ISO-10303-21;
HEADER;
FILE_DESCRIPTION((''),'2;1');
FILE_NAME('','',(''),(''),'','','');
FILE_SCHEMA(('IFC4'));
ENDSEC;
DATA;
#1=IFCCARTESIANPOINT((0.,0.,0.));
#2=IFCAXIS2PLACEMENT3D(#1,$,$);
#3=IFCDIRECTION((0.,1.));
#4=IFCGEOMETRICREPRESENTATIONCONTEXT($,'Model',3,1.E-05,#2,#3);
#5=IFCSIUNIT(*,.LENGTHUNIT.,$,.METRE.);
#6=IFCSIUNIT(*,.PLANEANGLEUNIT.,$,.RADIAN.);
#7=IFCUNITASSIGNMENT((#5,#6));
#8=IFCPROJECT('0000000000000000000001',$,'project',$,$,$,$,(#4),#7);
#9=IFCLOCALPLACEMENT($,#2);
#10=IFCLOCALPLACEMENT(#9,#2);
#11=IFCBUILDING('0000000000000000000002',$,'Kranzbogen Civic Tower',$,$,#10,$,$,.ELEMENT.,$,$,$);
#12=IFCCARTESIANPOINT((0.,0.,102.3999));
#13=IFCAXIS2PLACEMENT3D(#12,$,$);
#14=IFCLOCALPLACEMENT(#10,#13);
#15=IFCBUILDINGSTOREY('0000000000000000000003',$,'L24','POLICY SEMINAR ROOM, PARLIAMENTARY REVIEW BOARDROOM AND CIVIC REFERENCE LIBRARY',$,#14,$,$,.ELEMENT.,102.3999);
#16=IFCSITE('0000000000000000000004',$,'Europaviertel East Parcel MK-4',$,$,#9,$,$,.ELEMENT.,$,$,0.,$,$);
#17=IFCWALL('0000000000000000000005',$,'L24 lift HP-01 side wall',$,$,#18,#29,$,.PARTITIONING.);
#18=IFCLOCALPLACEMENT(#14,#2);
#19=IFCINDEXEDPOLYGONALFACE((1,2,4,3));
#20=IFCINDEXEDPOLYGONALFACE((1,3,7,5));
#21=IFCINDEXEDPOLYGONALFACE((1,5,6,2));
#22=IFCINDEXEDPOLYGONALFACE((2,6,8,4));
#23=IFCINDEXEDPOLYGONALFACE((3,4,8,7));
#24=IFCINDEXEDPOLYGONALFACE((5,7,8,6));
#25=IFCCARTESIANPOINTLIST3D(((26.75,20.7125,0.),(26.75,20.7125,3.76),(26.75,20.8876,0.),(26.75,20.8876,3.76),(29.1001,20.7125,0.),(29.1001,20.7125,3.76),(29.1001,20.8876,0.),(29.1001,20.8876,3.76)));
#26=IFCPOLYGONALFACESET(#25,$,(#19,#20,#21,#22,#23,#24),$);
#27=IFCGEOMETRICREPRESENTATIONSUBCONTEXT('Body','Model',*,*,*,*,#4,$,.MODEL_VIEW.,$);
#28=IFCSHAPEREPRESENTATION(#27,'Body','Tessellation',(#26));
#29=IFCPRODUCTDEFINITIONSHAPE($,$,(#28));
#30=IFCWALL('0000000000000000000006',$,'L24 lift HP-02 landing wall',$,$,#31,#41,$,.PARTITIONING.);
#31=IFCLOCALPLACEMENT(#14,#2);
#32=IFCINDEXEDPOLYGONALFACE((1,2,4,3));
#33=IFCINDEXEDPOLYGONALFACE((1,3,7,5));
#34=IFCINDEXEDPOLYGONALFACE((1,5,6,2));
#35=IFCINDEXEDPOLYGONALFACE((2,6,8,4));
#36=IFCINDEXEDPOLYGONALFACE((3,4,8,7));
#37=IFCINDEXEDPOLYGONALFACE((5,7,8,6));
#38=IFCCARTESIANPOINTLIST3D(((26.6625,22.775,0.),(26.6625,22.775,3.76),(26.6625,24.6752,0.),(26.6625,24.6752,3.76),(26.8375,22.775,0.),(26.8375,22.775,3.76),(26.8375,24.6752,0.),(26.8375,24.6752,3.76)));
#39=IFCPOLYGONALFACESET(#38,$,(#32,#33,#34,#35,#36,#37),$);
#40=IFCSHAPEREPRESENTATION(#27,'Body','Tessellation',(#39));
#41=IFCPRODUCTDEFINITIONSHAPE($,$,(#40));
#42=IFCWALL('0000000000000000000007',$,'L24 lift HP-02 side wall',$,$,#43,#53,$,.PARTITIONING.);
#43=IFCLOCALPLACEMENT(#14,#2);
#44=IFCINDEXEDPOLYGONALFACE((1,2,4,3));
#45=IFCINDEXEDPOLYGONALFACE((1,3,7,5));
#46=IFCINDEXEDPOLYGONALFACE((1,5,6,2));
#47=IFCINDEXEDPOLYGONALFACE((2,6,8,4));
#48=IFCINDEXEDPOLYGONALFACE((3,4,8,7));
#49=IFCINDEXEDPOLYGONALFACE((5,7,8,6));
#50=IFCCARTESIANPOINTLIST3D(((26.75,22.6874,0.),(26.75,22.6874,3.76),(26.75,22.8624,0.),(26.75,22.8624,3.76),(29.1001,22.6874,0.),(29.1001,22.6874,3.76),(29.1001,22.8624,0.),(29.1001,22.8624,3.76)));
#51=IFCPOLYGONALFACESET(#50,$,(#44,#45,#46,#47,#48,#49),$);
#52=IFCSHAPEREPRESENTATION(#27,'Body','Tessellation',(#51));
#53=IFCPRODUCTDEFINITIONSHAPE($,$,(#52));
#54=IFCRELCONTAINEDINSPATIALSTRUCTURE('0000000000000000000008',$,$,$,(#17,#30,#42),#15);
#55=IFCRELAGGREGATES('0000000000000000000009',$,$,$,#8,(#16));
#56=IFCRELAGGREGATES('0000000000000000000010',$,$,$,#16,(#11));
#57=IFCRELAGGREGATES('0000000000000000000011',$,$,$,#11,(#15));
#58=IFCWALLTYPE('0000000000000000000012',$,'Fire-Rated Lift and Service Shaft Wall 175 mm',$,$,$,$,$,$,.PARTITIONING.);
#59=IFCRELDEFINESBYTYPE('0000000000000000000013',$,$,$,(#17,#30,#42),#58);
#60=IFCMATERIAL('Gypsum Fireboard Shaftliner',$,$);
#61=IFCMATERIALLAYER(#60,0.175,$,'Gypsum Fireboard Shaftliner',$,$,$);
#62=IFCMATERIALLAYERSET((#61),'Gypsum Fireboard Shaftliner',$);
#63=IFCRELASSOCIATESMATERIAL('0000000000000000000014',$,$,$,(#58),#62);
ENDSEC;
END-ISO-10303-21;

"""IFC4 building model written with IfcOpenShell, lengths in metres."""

from ifc_helpers import new_model, si_unit, direction, frame, frame_2d, origin, place, context, subcontext, project, spatial, rectangle, extrude, material, layer, layer_set, type_object, element, save


model = new_model("IFC4")

# Units and contexts
model_context = context("Model", 3, precision=1e-05, world=origin(), true_north=direction((0.0, 1.0)))
body_context = subcontext(model_context, "Body", "Model", "MODEL_VIEW")
ifc_project = project(units=[si_unit("LENGTHUNIT", "METRE"), si_unit("PLANEANGLEUNIT", "RADIAN")], contexts=[model_context])

# Site, building, storey
site_placement = place(None, origin())
site = spatial("IfcSite", under=ifc_project, at=site_placement, Name="Europaviertel East Parcel MK-4", CompositionType="ELEMENT", RefElevation=0.0)
building_placement = place(site_placement, origin())
building = spatial("IfcBuilding", under=site, at=building_placement, Name="Kranzbogen Civic Tower", CompositionType="ELEMENT")
storey_placement = place(building_placement, frame((0.0, 0.0, 102.3999)))
storey = spatial("IfcBuildingStorey", under=building, at=storey_placement, Name="L24", Description="POLICY SEMINAR ROOM, PARLIAMENTARY REVIEW BOARDROOM AND CIVIC REFERENCE LIBRARY", CompositionType="ELEMENT", Elevation=102.3999)

# Walls
ifc_material_1 = material(Name="Gypsum Fireboard Shaftliner")
ifc_layer_1 = layer(ifc_material_1, 0.175, Name="Gypsum Fireboard Shaftliner")
ifc_layer_set_1 = layer_set([ifc_layer_1], Name="Gypsum Fireboard Shaftliner")
wall_type_1 = type_object("IfcWallType", Name="Fire-Rated Lift and Service Shaft Wall 175 mm", PredefinedType="PARTITIONING", material=ifc_layer_set_1)
wall_1_placement = place(storey_placement, frame((26.75, 20.8, 0.0), z_axis=(0.0, 0.0, 1.0), x_axis=(1.0, 0.0, 0.0)))
element("IfcWall", 1, at=wall_1_placement, inside=storey, type_object=wall_type_1, Name="L24 lift HP-01 side wall", PredefinedType="PARTITIONING", context=body_context, shape_type="SweptSolid", body=[
    extrude(rectangle(XDim=2.3501, YDim=0.175, at=frame_2d((1.175, 0.0))), origin(), (0.0, 0.0, 1.0), 3.76),
])
wall_2_placement = place(storey_placement, frame((26.75, 22.7749, 0.0), z_axis=(0.0, 0.0, 1.0), x_axis=(0.0, 1.0, 0.0)))
element("IfcWall", 2, at=wall_2_placement, inside=storey, type_object=wall_type_1, Name="L24 lift HP-02 landing wall", PredefinedType="PARTITIONING", context=body_context, shape_type="SweptSolid", body=[
    extrude(rectangle(XDim=1.9001, YDim=0.175, at=frame_2d((0.9502, 0.0))), origin(), (0.0, 0.0, 1.0), 3.76),
])
wall_3_placement = place(storey_placement, frame((26.75, 22.7749, 0.0), z_axis=(0.0, 0.0, 1.0), x_axis=(1.0, 0.0, 0.0)))
element("IfcWall", 3, at=wall_3_placement, inside=storey, type_object=wall_type_1, Name="L24 lift HP-02 side wall", PredefinedType="PARTITIONING", context=body_context, shape_type="SweptSolid", body=[
    extrude(rectangle(XDim=2.3501, YDim=0.175, at=frame_2d((1.175, 0.0))), origin(), (0.0, 0.0, 1.0), 3.76),
])

save(model, "model.ifc")
